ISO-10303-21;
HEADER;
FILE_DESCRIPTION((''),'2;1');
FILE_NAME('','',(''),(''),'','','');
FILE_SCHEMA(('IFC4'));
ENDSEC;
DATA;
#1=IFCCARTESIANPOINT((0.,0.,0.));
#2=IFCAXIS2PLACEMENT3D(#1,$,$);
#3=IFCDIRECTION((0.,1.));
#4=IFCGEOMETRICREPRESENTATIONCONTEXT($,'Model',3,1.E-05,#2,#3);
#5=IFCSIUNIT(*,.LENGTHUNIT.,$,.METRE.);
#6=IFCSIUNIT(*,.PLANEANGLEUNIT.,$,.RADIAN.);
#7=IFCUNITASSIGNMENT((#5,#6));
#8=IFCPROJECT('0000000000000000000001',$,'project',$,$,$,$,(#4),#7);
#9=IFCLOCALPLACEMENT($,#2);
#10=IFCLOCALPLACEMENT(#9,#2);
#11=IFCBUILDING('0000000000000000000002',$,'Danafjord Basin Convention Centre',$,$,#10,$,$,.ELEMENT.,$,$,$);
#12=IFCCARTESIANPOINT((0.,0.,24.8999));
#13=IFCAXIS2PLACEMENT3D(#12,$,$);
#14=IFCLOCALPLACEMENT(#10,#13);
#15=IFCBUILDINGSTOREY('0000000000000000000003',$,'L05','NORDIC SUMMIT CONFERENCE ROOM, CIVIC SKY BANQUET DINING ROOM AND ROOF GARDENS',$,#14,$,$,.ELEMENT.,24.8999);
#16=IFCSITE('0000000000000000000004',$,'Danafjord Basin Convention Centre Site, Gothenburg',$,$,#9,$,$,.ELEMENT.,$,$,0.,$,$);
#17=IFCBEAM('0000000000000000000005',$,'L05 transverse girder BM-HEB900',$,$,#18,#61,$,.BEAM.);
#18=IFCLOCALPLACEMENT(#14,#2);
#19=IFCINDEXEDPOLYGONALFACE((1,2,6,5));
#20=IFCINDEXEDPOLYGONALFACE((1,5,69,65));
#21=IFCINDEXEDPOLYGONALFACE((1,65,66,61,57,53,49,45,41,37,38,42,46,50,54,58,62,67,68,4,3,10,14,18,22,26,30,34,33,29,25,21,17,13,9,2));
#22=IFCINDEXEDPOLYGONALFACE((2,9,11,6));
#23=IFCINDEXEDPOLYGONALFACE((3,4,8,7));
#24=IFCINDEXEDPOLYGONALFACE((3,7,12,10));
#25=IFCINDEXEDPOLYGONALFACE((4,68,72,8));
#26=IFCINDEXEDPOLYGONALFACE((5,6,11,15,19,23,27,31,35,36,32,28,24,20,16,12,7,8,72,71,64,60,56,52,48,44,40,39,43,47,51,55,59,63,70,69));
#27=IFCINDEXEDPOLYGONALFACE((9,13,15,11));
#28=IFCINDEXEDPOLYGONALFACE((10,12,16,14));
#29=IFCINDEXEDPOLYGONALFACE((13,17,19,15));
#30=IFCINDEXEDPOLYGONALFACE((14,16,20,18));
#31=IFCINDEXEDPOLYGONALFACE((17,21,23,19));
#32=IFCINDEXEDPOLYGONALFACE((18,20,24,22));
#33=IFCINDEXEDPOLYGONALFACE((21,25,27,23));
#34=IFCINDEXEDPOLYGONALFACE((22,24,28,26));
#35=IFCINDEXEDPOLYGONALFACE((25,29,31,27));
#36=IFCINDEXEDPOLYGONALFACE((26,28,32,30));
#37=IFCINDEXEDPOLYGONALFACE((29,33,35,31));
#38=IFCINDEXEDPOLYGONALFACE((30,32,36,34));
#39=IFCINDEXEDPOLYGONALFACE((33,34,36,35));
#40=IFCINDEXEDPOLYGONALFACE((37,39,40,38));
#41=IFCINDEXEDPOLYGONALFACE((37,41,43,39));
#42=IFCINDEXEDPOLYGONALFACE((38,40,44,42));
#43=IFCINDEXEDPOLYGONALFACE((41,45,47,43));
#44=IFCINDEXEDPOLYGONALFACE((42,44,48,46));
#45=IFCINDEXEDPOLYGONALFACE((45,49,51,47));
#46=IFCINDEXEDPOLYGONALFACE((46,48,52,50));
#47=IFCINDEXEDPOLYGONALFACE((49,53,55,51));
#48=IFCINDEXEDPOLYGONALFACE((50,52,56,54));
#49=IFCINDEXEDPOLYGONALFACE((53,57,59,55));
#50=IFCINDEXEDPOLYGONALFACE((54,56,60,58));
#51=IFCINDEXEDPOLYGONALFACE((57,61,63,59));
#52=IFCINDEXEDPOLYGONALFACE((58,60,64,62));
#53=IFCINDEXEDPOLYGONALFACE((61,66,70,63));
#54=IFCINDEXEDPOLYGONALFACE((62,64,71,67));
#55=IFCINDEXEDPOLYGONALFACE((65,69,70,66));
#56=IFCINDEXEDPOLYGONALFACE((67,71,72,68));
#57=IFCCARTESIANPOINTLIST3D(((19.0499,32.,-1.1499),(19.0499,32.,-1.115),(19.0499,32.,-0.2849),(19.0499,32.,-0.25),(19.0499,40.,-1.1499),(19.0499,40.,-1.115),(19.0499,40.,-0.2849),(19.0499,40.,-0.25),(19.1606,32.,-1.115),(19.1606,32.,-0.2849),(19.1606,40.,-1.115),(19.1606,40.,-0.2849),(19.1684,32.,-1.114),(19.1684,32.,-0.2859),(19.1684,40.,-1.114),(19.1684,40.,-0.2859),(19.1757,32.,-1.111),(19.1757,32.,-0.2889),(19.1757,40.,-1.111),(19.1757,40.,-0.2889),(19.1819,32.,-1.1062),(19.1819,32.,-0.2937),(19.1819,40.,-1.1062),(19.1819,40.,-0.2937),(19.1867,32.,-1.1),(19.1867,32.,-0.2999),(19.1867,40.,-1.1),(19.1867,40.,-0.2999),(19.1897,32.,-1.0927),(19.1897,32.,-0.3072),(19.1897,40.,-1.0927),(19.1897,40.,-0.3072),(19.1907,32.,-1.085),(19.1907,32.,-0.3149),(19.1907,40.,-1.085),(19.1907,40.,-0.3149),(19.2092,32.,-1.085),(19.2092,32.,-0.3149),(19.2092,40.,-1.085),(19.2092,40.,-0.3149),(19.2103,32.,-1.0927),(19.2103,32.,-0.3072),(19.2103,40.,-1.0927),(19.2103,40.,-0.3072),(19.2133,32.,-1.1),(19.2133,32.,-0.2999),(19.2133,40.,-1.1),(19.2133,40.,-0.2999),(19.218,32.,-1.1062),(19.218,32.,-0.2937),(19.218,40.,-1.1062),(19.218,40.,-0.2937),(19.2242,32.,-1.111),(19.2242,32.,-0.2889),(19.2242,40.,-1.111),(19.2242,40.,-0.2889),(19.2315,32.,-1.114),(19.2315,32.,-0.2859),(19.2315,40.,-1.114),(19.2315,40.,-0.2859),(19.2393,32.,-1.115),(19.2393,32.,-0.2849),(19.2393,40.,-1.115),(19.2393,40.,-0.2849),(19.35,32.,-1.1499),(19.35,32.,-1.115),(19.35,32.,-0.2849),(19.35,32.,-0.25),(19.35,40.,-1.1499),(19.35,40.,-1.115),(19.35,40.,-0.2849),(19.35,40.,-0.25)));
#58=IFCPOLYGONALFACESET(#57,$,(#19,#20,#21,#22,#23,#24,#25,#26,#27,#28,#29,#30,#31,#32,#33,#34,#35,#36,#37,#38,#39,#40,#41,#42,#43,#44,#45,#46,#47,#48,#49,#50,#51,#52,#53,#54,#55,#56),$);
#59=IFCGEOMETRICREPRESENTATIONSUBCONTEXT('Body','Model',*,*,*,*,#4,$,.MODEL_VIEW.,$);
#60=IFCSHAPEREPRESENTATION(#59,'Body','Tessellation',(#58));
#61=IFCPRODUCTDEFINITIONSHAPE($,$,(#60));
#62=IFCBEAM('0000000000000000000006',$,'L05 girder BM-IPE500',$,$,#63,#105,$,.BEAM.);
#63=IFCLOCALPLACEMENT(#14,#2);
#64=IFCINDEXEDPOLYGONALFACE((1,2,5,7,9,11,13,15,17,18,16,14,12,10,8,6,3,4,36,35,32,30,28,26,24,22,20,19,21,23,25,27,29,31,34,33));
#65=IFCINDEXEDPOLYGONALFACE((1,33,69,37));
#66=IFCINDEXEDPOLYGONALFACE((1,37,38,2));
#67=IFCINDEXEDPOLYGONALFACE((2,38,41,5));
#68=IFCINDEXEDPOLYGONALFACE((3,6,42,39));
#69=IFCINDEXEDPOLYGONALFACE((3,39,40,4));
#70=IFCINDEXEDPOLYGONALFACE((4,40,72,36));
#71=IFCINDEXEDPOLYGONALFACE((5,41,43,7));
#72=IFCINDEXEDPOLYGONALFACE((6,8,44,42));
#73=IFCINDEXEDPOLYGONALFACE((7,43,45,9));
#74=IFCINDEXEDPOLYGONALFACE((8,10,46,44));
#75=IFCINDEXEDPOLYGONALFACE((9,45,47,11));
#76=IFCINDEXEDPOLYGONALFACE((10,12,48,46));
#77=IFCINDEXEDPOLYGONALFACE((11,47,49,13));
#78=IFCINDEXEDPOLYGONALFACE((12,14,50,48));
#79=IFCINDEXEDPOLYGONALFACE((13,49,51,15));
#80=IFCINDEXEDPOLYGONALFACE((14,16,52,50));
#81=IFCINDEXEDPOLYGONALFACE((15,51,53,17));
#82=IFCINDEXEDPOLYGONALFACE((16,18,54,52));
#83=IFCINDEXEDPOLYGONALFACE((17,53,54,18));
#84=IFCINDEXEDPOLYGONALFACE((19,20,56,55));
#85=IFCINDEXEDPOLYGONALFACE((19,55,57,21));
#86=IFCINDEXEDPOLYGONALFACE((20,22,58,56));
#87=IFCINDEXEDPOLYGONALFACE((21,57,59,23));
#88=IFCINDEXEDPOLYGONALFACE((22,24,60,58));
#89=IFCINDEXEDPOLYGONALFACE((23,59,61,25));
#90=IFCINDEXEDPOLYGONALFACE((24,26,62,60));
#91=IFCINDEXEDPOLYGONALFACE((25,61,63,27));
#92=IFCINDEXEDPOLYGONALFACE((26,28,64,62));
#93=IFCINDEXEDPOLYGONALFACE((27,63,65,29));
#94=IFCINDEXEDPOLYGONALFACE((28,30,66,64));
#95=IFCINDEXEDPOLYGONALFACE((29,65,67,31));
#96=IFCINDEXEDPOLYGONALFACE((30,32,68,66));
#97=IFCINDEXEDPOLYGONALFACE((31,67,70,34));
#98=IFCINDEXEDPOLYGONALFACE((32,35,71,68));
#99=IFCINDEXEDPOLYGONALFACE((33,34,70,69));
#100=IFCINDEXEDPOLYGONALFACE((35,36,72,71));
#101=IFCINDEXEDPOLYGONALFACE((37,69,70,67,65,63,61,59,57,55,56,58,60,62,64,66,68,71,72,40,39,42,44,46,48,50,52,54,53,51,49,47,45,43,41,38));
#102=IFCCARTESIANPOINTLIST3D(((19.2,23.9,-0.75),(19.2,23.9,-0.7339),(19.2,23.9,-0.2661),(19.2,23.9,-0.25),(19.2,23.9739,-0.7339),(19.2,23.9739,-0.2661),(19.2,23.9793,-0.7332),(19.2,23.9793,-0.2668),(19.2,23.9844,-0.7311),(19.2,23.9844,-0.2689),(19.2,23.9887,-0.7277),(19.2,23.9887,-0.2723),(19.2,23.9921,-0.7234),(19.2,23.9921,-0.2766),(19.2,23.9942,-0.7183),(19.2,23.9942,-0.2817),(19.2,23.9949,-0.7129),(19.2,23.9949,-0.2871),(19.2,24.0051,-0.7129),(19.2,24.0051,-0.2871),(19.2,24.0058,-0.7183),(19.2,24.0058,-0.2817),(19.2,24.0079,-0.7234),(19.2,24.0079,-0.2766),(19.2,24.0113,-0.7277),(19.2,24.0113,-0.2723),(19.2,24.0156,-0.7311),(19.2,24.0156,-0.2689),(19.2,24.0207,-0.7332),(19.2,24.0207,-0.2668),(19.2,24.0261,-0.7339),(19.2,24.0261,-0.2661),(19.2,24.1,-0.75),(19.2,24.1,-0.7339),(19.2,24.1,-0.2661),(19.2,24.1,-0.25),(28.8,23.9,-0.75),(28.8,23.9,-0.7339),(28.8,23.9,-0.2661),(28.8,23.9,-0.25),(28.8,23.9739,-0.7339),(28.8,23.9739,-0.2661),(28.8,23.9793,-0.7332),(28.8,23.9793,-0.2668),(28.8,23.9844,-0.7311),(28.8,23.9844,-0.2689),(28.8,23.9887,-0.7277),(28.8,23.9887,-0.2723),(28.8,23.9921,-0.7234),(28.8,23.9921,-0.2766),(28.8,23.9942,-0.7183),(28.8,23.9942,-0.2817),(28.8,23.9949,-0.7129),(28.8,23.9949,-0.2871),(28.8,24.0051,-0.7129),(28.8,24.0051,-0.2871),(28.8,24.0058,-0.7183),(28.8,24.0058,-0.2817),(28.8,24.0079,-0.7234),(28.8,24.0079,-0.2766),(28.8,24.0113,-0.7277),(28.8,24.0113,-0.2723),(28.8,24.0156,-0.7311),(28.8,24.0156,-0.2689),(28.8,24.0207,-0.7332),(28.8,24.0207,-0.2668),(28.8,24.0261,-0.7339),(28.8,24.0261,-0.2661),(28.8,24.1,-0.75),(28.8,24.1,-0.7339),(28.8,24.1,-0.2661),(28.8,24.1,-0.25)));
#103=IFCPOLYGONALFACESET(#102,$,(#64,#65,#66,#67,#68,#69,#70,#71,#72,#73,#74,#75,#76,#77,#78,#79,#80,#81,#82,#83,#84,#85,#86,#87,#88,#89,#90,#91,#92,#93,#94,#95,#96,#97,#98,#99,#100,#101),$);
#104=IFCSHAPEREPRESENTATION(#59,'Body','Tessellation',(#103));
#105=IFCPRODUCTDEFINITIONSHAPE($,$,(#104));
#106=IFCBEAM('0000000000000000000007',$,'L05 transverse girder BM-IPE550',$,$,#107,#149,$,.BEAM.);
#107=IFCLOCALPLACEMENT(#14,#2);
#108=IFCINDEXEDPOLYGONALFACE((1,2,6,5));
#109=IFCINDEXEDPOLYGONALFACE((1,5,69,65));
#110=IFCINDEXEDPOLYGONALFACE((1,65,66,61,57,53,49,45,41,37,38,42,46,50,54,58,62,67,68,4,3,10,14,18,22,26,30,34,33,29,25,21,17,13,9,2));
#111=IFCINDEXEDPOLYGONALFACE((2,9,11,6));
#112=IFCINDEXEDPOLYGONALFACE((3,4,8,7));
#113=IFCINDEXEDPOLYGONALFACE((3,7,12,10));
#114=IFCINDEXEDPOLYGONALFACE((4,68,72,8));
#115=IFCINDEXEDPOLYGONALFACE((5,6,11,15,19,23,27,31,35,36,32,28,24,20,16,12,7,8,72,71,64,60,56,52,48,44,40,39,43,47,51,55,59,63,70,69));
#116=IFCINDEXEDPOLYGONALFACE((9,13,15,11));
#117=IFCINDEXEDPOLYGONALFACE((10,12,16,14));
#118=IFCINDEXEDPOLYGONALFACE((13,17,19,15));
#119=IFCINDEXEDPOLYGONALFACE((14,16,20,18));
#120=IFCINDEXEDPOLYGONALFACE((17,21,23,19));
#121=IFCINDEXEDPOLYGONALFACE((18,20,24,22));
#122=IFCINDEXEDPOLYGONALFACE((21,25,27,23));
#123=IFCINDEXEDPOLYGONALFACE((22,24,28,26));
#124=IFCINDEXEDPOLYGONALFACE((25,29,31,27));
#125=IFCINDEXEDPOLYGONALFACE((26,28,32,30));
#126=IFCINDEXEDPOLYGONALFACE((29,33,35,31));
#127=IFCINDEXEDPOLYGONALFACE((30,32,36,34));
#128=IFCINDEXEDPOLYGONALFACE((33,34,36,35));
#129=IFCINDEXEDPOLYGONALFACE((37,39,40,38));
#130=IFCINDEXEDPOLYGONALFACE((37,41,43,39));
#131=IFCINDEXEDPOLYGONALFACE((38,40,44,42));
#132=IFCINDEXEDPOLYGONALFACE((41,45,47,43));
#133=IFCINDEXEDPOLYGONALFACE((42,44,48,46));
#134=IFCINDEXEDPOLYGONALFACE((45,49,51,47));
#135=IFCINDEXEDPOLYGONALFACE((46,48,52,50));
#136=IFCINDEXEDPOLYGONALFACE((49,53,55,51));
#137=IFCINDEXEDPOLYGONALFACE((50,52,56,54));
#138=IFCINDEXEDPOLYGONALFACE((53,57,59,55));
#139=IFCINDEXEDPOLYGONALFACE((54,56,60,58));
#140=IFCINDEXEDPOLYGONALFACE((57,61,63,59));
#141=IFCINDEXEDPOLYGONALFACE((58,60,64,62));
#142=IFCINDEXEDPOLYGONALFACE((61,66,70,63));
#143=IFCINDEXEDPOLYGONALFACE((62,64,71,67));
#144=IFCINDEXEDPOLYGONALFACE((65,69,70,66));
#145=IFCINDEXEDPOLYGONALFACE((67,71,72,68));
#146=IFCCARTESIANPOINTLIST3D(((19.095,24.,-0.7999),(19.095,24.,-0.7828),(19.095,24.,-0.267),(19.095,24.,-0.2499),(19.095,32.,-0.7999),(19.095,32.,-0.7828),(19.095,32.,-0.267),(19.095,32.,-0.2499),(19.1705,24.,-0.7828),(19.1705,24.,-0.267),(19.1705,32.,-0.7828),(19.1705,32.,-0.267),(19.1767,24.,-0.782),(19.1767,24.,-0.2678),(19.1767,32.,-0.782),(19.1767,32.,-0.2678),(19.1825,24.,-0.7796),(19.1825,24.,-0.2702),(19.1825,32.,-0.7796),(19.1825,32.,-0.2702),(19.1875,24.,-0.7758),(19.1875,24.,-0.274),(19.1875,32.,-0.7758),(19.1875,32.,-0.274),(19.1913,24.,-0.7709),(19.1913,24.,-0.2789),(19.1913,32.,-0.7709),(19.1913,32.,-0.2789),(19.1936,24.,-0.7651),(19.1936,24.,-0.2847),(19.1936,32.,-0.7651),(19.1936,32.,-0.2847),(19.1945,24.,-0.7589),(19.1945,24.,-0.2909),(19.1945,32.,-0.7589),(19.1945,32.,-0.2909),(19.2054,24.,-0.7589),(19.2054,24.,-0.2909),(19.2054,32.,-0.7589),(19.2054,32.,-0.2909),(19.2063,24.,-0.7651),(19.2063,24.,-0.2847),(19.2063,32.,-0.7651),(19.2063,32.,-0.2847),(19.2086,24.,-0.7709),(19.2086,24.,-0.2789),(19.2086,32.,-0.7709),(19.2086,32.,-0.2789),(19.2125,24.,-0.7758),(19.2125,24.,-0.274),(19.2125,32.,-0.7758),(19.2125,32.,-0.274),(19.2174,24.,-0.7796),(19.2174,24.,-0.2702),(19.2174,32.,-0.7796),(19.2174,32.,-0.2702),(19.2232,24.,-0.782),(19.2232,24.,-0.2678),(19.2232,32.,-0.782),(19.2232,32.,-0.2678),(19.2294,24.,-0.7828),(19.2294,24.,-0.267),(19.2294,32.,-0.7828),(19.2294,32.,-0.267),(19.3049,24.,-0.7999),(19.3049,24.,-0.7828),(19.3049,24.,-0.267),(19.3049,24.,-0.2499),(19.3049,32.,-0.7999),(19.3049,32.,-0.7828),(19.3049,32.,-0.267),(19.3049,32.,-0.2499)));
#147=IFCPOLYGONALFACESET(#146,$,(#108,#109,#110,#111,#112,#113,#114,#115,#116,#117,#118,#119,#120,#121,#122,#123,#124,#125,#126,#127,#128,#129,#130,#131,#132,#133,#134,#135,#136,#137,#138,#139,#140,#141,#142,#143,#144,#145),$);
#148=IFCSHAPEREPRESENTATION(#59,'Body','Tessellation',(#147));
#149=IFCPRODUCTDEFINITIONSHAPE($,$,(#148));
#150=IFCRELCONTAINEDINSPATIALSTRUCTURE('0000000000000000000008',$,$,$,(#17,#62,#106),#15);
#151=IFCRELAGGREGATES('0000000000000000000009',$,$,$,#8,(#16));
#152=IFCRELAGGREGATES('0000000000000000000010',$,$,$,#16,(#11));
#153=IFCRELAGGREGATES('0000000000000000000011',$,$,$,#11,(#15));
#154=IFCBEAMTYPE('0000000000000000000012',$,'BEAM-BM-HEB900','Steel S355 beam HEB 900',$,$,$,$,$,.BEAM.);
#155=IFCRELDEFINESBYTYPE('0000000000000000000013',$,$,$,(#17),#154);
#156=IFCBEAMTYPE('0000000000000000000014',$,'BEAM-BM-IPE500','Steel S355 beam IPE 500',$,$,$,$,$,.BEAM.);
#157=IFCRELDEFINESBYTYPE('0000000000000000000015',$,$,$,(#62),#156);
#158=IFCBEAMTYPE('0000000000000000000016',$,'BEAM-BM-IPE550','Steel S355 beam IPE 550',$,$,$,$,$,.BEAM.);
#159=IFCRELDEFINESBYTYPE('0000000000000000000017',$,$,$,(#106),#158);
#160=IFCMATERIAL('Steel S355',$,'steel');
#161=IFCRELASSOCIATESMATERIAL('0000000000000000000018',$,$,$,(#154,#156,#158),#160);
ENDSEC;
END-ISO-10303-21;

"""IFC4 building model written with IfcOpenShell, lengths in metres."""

from ifc_helpers import new_model, si_unit, direction, frame, origin, origin_2d, place, context, subcontext, project, spatial, i_section, extrude, material, material_profile, profile_set, type_object, element, save


model = new_model("IFC4")

# Units and contexts
model_context = context("Model", 3, precision=1e-05, world=origin(), true_north=direction((0.0, 1.0)))
body_context = subcontext(model_context, "Body", "Model", "MODEL_VIEW")
ifc_project = project(units=[si_unit("LENGTHUNIT", "METRE"), si_unit("PLANEANGLEUNIT", "RADIAN")], contexts=[model_context])

# Site, building, storey
site_placement = place(None, origin())
site = spatial("IfcSite", under=ifc_project, at=site_placement, Name="Danafjord Basin Convention Centre Site, Gothenburg", CompositionType="ELEMENT", RefElevation=0.0)
building_placement = place(site_placement, origin())
building = spatial("IfcBuilding", under=site, at=building_placement, Name="Danafjord Basin Convention Centre", CompositionType="ELEMENT")
storey_placement = place(building_placement, frame((0.0, 0.0, 24.8999)))
storey = spatial("IfcBuildingStorey", under=building, at=storey_placement, Name="L05", Description="NORDIC SUMMIT CONFERENCE ROOM, CIVIC SKY BANQUET DINING ROOM AND ROOF GARDENS", CompositionType="ELEMENT", Elevation=24.8999)

# Shared definitions
ifc_material_1 = material(Name="Steel S355", Category="steel")

# Beams
ifc_material_profile_1 = material_profile(ifc_material_1, i_section(OverallWidth=0.3, OverallDepth=0.8999, WebThickness=0.0186, FlangeThickness=0.0349, FilletRadius=0.03, at=origin_2d()), Name="HEB 900")
ifc_profile_set_1 = profile_set([ifc_material_profile_1], Name="Steel S355")
beam_type_1 = type_object("IfcBeamType", Name="BEAM-BM-HEB900", Description="Steel S355 beam HEB 900", PredefinedType="BEAM", material=ifc_profile_set_1)
beam_1_placement = place(storey_placement, frame((19.2, 32.0, -0.7), z_axis=(0.0, 1.0, 0.0), x_axis=(-1.0, 0.0, 0.0)))
element("IfcBeam", 1, at=beam_1_placement, inside=storey, type_object=beam_type_1, Name="L05 transverse girder BM-HEB900", PredefinedType="BEAM", context=body_context, shape_type="SweptSolid", body=[
    extrude(i_section(OverallWidth=0.3, OverallDepth=0.8999, WebThickness=0.0186, FlangeThickness=0.0349, FilletRadius=0.03, at=origin_2d()), origin(), (0.0, 0.0, 1.0), 8.0),
])
ifc_material_profile_2 = material_profile(ifc_material_1, i_section(OverallWidth=0.2, OverallDepth=0.5, WebThickness=0.0103, FlangeThickness=0.0161, FilletRadius=0.021, at=origin_2d()), Name="IPE 500")
ifc_profile_set_2 = profile_set([ifc_material_profile_2], Name="Steel S355")
beam_type_2 = type_object("IfcBeamType", Name="BEAM-BM-IPE500", Description="Steel S355 beam IPE 500", PredefinedType="BEAM", material=ifc_profile_set_2)
beam_2_placement = place(storey_placement, frame((19.2, 24.0, -0.5), z_axis=(1.0, 0.0, 0.0), x_axis=(0.0, 1.0, 0.0)))
element("IfcBeam", 2, at=beam_2_placement, inside=storey, type_object=beam_type_2, Name="L05 girder BM-IPE500", PredefinedType="BEAM", context=body_context, shape_type="SweptSolid", body=[
    extrude(i_section(OverallWidth=0.2, OverallDepth=0.5, WebThickness=0.0103, FlangeThickness=0.0161, FilletRadius=0.021, at=origin_2d()), origin(), (0.0, 0.0, 1.0), 9.6001),
])
ifc_material_profile_3 = material_profile(ifc_material_1, i_section(OverallWidth=0.21, OverallDepth=0.55, WebThickness=0.011, FlangeThickness=0.0171, FilletRadius=0.0239, at=origin_2d()), Name="IPE 550")
ifc_profile_set_3 = profile_set([ifc_material_profile_3], Name="Steel S355")
beam_type_3 = type_object("IfcBeamType", Name="BEAM-BM-IPE550", Description="Steel S355 beam IPE 550", PredefinedType="BEAM", material=ifc_profile_set_3)
beam_3_placement = place(storey_placement, frame((19.2, 24.0, -0.5249), z_axis=(0.0, 1.0, 0.0), x_axis=(-1.0, 0.0, 0.0)))
element("IfcBeam", 3, at=beam_3_placement, inside=storey, type_object=beam_type_3, Name="L05 transverse girder BM-IPE550", PredefinedType="BEAM", context=body_context, shape_type="SweptSolid", body=[
    extrude(i_section(OverallWidth=0.21, OverallDepth=0.55, WebThickness=0.011, FlangeThickness=0.0171, FilletRadius=0.0239, at=origin_2d()), origin(), (0.0, 0.0, 1.0), 8.0),
])

save(model, "model.ifc")
